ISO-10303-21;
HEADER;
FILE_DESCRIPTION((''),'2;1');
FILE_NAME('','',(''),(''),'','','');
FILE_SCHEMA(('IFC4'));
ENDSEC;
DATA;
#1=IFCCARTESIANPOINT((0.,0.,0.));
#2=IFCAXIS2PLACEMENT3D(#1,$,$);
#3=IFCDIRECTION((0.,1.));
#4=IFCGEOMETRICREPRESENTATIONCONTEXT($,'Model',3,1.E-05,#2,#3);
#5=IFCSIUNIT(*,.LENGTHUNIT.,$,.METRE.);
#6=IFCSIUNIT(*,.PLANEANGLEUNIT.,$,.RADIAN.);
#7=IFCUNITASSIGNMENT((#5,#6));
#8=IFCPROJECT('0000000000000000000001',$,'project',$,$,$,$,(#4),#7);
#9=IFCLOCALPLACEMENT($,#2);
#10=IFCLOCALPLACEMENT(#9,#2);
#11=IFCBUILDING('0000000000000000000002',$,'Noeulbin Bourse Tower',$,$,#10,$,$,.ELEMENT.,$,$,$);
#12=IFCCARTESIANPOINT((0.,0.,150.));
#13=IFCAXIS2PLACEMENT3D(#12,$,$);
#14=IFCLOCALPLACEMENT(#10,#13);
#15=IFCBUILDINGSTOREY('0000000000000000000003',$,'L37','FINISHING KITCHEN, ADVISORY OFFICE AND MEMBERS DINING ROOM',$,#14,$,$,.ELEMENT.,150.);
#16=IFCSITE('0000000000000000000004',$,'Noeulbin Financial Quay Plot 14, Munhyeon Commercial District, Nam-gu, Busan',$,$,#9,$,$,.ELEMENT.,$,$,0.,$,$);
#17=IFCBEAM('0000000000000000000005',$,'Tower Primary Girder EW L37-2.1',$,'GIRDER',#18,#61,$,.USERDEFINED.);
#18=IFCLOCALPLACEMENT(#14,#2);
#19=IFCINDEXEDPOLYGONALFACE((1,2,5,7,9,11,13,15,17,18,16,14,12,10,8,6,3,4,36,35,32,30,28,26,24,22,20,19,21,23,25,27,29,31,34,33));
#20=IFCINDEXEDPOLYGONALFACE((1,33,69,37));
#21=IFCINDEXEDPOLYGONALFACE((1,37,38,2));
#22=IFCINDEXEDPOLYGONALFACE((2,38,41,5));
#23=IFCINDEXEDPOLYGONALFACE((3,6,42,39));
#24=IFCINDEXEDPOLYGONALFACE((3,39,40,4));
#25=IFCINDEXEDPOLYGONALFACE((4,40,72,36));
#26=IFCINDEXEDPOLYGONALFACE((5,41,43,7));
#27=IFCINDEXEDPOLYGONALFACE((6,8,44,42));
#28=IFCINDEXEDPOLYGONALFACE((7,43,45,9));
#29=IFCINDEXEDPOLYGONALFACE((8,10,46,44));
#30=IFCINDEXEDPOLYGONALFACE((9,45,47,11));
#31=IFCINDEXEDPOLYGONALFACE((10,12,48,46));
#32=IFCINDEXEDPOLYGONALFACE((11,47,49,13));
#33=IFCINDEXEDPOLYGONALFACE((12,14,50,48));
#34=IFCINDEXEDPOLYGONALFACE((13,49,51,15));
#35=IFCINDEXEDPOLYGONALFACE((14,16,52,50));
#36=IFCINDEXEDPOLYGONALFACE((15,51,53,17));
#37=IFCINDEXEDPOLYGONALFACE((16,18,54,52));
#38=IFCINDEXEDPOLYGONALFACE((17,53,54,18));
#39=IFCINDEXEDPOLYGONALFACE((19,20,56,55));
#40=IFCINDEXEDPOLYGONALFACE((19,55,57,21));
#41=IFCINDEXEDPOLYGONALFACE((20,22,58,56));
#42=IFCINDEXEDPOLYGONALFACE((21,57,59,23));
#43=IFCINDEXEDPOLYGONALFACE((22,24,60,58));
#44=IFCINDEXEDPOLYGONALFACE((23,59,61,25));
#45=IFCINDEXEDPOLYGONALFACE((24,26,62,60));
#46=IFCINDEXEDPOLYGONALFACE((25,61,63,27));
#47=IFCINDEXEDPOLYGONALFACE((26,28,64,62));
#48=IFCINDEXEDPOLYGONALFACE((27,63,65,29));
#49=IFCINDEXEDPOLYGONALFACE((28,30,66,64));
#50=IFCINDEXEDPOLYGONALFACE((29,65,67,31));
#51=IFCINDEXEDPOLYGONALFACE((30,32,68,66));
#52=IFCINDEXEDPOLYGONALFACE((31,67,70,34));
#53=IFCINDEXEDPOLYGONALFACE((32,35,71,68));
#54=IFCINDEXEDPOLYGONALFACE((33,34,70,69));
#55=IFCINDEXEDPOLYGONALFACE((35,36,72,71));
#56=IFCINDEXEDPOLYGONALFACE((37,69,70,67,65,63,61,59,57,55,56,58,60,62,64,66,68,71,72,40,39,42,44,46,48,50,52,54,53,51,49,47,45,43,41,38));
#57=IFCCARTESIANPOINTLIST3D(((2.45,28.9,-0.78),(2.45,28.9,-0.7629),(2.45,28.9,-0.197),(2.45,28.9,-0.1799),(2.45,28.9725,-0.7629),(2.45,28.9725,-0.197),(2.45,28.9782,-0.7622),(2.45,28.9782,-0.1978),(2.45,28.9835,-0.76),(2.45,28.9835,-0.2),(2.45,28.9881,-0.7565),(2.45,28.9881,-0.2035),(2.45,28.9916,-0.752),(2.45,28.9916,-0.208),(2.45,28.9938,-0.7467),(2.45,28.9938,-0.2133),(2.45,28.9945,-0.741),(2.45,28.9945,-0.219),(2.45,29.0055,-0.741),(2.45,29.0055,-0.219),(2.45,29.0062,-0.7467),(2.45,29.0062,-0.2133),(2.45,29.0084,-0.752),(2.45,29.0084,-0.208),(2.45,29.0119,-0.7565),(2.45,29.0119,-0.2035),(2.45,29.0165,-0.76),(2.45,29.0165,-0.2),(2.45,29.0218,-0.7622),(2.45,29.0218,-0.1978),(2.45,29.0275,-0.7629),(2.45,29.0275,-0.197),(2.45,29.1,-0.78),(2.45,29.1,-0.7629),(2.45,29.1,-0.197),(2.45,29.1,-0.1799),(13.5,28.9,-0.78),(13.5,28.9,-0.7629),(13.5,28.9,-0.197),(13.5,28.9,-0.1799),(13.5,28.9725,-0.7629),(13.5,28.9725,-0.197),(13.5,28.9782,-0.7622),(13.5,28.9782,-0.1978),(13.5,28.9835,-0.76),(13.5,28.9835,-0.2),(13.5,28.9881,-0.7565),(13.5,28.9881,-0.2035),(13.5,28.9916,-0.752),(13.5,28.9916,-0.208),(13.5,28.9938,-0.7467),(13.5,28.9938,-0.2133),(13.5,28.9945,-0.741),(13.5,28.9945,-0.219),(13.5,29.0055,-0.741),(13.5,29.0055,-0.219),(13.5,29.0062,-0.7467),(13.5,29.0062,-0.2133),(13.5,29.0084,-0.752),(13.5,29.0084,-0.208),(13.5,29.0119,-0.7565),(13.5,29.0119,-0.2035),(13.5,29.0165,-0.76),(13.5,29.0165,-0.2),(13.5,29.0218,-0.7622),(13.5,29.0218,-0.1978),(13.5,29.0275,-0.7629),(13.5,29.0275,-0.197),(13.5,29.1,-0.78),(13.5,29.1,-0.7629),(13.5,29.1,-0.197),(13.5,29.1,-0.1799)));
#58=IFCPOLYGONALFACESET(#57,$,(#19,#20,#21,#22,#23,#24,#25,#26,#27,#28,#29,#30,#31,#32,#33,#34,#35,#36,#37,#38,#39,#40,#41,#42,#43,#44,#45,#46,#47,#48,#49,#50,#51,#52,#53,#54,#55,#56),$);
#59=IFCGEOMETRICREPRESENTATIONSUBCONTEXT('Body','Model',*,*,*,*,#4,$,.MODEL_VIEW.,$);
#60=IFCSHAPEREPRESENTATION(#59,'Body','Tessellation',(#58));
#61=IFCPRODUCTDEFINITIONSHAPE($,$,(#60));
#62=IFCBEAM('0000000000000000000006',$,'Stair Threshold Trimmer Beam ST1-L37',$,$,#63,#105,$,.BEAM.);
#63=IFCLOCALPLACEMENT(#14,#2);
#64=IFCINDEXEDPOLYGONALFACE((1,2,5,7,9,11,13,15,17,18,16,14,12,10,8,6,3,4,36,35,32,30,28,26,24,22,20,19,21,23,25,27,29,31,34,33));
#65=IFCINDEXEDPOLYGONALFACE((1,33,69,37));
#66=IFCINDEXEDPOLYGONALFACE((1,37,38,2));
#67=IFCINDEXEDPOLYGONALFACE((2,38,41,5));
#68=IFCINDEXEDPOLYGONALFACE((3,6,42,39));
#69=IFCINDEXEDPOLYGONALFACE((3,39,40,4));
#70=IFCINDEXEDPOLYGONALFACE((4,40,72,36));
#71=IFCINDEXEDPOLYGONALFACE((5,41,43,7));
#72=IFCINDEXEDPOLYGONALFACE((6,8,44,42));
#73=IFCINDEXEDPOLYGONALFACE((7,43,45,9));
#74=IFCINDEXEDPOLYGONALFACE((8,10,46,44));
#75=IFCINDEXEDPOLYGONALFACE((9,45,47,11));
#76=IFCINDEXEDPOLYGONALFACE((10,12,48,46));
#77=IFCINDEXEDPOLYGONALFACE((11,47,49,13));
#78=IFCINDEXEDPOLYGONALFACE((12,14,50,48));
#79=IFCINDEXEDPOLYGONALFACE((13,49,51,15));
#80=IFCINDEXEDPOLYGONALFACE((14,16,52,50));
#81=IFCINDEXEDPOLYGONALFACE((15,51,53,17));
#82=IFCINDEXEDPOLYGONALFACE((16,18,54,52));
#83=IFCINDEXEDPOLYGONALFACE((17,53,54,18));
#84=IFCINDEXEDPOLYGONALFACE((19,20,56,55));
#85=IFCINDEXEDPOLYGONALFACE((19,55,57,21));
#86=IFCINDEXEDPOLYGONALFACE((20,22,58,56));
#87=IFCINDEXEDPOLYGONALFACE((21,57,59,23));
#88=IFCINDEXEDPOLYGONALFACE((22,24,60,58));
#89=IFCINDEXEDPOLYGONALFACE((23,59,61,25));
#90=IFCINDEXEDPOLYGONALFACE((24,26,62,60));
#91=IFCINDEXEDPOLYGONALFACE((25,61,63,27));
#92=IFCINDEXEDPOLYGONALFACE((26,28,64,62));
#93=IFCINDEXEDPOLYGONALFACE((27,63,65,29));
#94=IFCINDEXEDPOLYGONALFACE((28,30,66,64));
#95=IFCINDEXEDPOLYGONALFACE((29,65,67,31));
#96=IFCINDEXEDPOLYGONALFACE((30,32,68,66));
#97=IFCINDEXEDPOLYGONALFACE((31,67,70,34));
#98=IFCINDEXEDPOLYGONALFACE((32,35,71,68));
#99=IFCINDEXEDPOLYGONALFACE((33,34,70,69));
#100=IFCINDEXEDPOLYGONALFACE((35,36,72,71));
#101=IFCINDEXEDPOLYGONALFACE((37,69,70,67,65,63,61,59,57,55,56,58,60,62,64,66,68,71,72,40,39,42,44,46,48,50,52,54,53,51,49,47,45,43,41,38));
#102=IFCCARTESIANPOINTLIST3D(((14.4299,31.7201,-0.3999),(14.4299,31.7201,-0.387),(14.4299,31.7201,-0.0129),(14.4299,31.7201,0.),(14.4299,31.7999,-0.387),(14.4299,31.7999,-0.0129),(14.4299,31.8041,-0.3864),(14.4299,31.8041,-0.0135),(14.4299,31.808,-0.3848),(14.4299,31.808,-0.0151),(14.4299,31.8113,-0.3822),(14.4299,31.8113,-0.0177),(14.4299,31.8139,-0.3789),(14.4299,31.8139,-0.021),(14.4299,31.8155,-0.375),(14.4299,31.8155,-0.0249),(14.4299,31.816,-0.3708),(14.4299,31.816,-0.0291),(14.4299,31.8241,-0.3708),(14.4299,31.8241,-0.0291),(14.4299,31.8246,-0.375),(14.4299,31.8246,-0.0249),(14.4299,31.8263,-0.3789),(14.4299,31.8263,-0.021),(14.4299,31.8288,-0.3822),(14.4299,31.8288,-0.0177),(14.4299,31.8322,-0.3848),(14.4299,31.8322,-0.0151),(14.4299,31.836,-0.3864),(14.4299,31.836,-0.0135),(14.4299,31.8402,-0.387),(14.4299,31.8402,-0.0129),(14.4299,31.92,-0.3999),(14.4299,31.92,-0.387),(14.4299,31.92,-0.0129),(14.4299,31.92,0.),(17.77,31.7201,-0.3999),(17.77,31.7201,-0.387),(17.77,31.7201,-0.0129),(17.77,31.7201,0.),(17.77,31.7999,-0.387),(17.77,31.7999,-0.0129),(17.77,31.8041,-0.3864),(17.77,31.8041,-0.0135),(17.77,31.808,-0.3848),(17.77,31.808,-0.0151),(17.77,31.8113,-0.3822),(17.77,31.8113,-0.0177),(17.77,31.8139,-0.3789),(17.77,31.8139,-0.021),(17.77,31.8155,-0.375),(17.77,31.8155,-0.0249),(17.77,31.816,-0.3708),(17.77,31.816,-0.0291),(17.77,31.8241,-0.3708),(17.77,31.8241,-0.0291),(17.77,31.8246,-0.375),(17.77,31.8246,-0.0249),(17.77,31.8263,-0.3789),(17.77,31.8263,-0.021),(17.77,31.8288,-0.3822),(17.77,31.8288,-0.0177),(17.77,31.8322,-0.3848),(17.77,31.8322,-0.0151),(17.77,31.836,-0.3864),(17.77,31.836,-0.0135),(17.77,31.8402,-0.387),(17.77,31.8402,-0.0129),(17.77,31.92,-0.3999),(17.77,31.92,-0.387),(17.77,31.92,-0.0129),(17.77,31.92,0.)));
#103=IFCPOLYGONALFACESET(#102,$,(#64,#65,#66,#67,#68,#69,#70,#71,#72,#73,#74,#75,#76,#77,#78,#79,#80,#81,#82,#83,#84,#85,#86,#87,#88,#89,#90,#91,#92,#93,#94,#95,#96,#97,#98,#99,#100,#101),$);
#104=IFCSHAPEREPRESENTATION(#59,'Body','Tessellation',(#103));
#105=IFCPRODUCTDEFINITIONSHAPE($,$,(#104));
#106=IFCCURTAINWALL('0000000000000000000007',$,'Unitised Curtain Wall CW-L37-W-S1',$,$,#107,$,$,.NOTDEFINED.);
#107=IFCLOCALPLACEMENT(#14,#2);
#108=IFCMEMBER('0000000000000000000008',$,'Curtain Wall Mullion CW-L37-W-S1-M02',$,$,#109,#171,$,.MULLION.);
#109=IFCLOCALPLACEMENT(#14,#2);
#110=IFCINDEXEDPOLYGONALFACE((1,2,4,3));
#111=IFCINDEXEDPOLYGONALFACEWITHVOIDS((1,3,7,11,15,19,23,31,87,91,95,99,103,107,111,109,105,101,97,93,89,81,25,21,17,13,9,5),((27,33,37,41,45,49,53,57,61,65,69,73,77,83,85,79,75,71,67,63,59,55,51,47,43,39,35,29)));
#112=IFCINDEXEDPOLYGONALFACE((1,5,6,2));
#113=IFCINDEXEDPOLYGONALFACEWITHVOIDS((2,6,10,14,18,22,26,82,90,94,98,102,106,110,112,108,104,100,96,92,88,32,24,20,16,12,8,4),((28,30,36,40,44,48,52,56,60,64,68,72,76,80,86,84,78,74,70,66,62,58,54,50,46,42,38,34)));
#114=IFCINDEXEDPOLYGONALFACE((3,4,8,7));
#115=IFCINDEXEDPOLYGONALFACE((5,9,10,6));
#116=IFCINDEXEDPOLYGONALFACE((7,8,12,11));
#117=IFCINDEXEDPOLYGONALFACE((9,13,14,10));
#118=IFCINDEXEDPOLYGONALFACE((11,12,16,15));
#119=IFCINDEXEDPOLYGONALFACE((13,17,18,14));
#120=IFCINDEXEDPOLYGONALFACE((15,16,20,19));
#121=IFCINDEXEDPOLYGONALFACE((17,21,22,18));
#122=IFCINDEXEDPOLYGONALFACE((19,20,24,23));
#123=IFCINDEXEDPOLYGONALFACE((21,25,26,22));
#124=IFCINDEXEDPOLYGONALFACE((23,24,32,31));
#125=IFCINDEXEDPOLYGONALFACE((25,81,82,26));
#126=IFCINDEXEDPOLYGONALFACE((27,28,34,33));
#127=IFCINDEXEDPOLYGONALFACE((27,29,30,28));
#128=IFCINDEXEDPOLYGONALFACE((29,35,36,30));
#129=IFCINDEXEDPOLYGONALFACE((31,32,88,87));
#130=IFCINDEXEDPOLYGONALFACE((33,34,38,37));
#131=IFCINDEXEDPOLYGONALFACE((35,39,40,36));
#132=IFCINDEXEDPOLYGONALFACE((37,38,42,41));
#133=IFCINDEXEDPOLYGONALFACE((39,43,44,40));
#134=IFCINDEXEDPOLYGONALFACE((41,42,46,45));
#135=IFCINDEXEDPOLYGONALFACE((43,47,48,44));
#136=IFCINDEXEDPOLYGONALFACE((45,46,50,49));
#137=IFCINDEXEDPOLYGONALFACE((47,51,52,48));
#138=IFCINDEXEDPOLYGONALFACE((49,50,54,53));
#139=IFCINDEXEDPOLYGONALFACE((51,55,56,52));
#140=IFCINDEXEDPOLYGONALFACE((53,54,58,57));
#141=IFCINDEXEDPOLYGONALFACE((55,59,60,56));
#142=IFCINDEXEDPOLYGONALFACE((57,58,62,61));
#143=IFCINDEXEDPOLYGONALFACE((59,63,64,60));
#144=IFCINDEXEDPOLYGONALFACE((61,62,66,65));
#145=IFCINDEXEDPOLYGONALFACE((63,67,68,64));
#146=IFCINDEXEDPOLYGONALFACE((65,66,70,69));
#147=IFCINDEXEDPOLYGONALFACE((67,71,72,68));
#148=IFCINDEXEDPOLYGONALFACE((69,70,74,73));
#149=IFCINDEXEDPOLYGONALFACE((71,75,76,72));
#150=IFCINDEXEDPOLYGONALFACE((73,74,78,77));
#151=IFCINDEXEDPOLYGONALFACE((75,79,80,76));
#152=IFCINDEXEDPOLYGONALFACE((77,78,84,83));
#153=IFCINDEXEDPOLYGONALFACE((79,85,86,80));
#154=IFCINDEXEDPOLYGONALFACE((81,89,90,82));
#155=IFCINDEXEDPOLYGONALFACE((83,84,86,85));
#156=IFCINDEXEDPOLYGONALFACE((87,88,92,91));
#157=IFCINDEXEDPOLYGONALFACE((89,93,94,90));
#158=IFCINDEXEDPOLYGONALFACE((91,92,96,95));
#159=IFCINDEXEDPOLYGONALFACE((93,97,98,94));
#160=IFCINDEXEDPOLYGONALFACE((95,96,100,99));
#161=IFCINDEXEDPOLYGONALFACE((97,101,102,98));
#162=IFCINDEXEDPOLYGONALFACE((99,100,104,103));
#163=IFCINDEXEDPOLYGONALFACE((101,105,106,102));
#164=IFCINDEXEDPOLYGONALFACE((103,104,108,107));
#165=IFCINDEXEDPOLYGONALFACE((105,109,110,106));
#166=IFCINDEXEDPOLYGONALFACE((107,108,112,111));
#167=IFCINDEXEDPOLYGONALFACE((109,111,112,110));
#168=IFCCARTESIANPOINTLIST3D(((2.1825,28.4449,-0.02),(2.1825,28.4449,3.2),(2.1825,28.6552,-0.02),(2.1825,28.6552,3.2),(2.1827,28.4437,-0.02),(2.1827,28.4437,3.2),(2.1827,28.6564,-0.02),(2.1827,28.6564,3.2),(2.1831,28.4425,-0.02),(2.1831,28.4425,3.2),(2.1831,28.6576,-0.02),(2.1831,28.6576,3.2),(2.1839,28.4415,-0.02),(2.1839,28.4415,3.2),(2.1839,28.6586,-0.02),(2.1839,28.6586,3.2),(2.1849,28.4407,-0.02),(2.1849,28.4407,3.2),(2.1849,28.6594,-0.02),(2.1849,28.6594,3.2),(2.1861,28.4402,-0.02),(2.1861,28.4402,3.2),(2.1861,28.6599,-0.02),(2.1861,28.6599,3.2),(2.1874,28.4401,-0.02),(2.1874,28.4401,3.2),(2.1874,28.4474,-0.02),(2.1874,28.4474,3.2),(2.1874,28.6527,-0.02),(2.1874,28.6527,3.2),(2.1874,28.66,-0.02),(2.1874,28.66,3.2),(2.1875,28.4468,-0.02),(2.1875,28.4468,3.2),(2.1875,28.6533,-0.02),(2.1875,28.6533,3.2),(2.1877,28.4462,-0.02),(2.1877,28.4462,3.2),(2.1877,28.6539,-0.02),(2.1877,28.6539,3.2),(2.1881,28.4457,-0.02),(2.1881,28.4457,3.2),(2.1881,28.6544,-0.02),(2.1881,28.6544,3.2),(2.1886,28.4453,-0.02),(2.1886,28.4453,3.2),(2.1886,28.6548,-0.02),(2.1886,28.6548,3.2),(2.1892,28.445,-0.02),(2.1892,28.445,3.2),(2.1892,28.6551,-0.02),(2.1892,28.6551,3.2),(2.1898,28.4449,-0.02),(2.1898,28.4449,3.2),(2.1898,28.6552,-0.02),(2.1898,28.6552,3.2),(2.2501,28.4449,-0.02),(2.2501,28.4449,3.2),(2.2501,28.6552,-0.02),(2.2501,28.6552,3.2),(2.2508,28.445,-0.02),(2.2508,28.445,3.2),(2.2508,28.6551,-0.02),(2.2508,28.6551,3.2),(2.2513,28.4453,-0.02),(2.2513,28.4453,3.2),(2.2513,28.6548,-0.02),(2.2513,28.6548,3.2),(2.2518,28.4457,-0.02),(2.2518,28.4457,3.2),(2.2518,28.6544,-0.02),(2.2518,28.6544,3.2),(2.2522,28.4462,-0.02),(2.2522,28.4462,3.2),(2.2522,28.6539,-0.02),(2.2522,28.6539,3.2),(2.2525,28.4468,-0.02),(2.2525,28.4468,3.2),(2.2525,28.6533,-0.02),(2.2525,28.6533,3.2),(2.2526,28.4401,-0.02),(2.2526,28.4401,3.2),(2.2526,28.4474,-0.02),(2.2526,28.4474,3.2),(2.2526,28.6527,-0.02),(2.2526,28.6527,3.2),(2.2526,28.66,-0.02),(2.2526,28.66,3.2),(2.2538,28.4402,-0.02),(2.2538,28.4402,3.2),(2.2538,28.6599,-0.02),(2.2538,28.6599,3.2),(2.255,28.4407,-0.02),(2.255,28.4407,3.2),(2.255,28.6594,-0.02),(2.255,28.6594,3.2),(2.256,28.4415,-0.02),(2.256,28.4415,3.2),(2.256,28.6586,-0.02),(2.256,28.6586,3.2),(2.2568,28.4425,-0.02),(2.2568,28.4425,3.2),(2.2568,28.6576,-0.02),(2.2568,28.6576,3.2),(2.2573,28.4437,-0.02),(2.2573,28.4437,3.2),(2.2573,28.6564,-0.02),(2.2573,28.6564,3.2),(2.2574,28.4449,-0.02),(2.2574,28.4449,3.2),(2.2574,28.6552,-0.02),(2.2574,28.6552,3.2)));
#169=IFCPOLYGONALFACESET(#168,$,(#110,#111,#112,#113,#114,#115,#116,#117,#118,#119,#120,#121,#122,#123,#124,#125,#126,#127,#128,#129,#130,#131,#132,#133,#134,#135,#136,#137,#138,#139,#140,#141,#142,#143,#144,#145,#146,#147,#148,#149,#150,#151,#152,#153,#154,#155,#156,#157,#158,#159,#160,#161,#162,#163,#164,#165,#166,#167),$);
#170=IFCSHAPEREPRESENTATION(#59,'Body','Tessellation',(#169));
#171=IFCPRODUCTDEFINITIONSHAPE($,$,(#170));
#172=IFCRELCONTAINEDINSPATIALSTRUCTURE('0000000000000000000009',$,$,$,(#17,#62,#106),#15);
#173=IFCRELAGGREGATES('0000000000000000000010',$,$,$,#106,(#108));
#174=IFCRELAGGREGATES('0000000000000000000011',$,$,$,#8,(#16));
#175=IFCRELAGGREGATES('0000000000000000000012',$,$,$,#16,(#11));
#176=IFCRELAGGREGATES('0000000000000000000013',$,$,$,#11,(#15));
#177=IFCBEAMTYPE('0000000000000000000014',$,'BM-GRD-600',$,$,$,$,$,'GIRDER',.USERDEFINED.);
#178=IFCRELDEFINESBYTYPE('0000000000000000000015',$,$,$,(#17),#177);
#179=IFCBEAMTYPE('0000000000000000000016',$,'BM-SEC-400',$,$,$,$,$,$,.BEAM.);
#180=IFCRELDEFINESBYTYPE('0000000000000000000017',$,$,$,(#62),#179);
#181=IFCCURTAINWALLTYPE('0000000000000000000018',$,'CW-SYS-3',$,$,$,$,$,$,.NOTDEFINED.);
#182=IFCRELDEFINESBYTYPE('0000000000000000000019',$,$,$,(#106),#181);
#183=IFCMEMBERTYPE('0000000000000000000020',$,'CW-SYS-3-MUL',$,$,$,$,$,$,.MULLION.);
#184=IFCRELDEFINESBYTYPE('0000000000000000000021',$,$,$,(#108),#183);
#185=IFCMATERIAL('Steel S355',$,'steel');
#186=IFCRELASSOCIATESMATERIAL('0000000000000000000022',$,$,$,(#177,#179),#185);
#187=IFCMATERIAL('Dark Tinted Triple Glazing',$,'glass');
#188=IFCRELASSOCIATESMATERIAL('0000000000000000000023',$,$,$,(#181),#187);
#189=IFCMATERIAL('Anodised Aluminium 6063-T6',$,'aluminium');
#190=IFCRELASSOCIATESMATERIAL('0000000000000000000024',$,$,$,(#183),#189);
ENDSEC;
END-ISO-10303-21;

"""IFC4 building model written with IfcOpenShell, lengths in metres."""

from ifc_helpers import new_model, si_unit, direction, frame, origin, origin_2d, place, context, subcontext, project, spatial, hollow_rectangle, i_section, extrude, material, material_profile, profile_set, type_object, element, aggregate, save


model = new_model("IFC4")

# Units and contexts
model_context = context("Model", 3, precision=1e-05, world=origin(), true_north=direction((0.0, 1.0)))
body_context = subcontext(model_context, "Body", "Model", "MODEL_VIEW")
ifc_project = project(units=[si_unit("LENGTHUNIT", "METRE"), si_unit("PLANEANGLEUNIT", "RADIAN")], contexts=[model_context])

# Site, building, storey
site_placement = place(None, origin())
site = spatial("IfcSite", under=ifc_project, at=site_placement, Name="Noeulbin Financial Quay Plot 14, Munhyeon Commercial District, Nam-gu, Busan", CompositionType="ELEMENT", RefElevation=0.0)
building_placement = place(site_placement, origin())
building = spatial("IfcBuilding", under=site, at=building_placement, Name="Noeulbin Bourse Tower", CompositionType="ELEMENT")
storey_placement = place(building_placement, frame((0.0, 0.0, 150.0)))
storey = spatial("IfcBuildingStorey", under=building, at=storey_placement, Name="L37", Description="FINISHING KITCHEN, ADVISORY OFFICE AND MEMBERS DINING ROOM", CompositionType="ELEMENT", Elevation=150.0)

# Shared definitions
ifc_material_1 = material(Name="Steel S355", Category="steel")

# Beams
ifc_material_profile_1 = material_profile(ifc_material_1, i_section(OverallWidth=0.2, OverallDepth=0.6001, WebThickness=0.011, FlangeThickness=0.0171, FilletRadius=0.022, at=origin_2d()), Name="H-600x200x11x17", Category="LoadBearing")
ifc_profile_set_1 = profile_set([ifc_material_profile_1], Name="Steel S355")
beam_type_1 = type_object("IfcBeamType", Name="BM-GRD-600", ElementType="GIRDER", PredefinedType="USERDEFINED", material=ifc_profile_set_1)
beam_1_placement = place(storey_placement, frame((2.45, 29.0, -0.48), z_axis=(1.0, 0.0, 0.0), x_axis=(0.0, 1.0, 0.0)))
element("IfcBeam", 1, at=beam_1_placement, inside=storey, type_object=beam_type_1, Name="Tower Primary Girder EW L37-2.1", ObjectType="GIRDER", PredefinedType="USERDEFINED", context=body_context, shape_type="SweptSolid", body=[
    extrude(i_section(OverallWidth=0.2, OverallDepth=0.6001, WebThickness=0.011, FlangeThickness=0.0171, FilletRadius=0.022, at=origin_2d()), origin(), (0.0, 0.0, 1.0), 11.05),
])
ifc_material_profile_2 = material_profile(ifc_material_1, i_section(OverallWidth=0.2, OverallDepth=0.3999, WebThickness=0.0081, FlangeThickness=0.0129, FilletRadius=0.0161, at=origin_2d()), Name="H-400x200x8x13", Category="LoadBearing")
ifc_profile_set_2 = profile_set([ifc_material_profile_2], Name="Steel S355")
beam_type_2 = type_object("IfcBeamType", Name="BM-SEC-400", PredefinedType="BEAM", material=ifc_profile_set_2)
beam_2_placement = place(storey_placement, frame((14.4299, 31.8201, -0.2), z_axis=(1.0, 0.0, 0.0), x_axis=(0.0, 1.0, 0.0)))
element("IfcBeam", 2, at=beam_2_placement, inside=storey, type_object=beam_type_2, Name="Stair Threshold Trimmer Beam ST1-L37", PredefinedType="BEAM", context=body_context, shape_type="SweptSolid", body=[
    extrude(i_section(OverallWidth=0.2, OverallDepth=0.3999, WebThickness=0.0081, FlangeThickness=0.0129, FilletRadius=0.0161, at=origin_2d()), origin(), (0.0, 0.0, 1.0), 3.3401),
])

# Curtain wall, member
ifc_material_2 = material(Name="Dark Tinted Triple Glazing", Category="glass")
curtain_wall_type = type_object("IfcCurtainWallType", Name="CW-SYS-3", PredefinedType="NOTDEFINED", material=ifc_material_2)
curtain_wall_1_placement = place(storey_placement, origin())
curtain_wall_1 = element("IfcCurtainWall", 3, at=curtain_wall_1_placement, inside=storey, type_object=curtain_wall_type, Name="Unitised Curtain Wall CW-L37-W-S1", PredefinedType="NOTDEFINED")
ifc_material_3 = material(Name="Anodised Aluminium 6063-T6", Category="aluminium")
ifc_material_profile_3 = material_profile(ifc_material_3, hollow_rectangle(XDim=0.075, YDim=0.22, WallThickness=0.0049, InnerFilletRadius=0.0024, OuterFilletRadius=0.0049, at=origin_2d()), Name="ALU-MULL-75x220x5", Category="LoadBearing")
ifc_profile_set_3 = profile_set([ifc_material_profile_3], Name="Anodised Aluminium 6063-T6")
member_type_1 = type_object("IfcMemberType", Name="CW-SYS-3-MUL", PredefinedType="MULLION", material=ifc_profile_set_3)
member_1_placement = place(storey_placement, frame((2.22, 28.55, -0.02), z_axis=(0.0, 0.0, 1.0), x_axis=(1.0, 0.0, 0.0)))
member_1 = element("IfcMember", 4, at=member_1_placement, type_object=member_type_1, Name="Curtain Wall Mullion CW-L37-W-S1-M02", PredefinedType="MULLION", context=body_context, shape_type="SweptSolid", body=[
    extrude(hollow_rectangle(XDim=0.075, YDim=0.22, WallThickness=0.0049, InnerFilletRadius=0.0024, OuterFilletRadius=0.0049, at=origin_2d()), origin(), (0.0, 0.0, 1.0), 3.22),
])
aggregate(curtain_wall_1, [member_1])

save(model, "model.ifc")
